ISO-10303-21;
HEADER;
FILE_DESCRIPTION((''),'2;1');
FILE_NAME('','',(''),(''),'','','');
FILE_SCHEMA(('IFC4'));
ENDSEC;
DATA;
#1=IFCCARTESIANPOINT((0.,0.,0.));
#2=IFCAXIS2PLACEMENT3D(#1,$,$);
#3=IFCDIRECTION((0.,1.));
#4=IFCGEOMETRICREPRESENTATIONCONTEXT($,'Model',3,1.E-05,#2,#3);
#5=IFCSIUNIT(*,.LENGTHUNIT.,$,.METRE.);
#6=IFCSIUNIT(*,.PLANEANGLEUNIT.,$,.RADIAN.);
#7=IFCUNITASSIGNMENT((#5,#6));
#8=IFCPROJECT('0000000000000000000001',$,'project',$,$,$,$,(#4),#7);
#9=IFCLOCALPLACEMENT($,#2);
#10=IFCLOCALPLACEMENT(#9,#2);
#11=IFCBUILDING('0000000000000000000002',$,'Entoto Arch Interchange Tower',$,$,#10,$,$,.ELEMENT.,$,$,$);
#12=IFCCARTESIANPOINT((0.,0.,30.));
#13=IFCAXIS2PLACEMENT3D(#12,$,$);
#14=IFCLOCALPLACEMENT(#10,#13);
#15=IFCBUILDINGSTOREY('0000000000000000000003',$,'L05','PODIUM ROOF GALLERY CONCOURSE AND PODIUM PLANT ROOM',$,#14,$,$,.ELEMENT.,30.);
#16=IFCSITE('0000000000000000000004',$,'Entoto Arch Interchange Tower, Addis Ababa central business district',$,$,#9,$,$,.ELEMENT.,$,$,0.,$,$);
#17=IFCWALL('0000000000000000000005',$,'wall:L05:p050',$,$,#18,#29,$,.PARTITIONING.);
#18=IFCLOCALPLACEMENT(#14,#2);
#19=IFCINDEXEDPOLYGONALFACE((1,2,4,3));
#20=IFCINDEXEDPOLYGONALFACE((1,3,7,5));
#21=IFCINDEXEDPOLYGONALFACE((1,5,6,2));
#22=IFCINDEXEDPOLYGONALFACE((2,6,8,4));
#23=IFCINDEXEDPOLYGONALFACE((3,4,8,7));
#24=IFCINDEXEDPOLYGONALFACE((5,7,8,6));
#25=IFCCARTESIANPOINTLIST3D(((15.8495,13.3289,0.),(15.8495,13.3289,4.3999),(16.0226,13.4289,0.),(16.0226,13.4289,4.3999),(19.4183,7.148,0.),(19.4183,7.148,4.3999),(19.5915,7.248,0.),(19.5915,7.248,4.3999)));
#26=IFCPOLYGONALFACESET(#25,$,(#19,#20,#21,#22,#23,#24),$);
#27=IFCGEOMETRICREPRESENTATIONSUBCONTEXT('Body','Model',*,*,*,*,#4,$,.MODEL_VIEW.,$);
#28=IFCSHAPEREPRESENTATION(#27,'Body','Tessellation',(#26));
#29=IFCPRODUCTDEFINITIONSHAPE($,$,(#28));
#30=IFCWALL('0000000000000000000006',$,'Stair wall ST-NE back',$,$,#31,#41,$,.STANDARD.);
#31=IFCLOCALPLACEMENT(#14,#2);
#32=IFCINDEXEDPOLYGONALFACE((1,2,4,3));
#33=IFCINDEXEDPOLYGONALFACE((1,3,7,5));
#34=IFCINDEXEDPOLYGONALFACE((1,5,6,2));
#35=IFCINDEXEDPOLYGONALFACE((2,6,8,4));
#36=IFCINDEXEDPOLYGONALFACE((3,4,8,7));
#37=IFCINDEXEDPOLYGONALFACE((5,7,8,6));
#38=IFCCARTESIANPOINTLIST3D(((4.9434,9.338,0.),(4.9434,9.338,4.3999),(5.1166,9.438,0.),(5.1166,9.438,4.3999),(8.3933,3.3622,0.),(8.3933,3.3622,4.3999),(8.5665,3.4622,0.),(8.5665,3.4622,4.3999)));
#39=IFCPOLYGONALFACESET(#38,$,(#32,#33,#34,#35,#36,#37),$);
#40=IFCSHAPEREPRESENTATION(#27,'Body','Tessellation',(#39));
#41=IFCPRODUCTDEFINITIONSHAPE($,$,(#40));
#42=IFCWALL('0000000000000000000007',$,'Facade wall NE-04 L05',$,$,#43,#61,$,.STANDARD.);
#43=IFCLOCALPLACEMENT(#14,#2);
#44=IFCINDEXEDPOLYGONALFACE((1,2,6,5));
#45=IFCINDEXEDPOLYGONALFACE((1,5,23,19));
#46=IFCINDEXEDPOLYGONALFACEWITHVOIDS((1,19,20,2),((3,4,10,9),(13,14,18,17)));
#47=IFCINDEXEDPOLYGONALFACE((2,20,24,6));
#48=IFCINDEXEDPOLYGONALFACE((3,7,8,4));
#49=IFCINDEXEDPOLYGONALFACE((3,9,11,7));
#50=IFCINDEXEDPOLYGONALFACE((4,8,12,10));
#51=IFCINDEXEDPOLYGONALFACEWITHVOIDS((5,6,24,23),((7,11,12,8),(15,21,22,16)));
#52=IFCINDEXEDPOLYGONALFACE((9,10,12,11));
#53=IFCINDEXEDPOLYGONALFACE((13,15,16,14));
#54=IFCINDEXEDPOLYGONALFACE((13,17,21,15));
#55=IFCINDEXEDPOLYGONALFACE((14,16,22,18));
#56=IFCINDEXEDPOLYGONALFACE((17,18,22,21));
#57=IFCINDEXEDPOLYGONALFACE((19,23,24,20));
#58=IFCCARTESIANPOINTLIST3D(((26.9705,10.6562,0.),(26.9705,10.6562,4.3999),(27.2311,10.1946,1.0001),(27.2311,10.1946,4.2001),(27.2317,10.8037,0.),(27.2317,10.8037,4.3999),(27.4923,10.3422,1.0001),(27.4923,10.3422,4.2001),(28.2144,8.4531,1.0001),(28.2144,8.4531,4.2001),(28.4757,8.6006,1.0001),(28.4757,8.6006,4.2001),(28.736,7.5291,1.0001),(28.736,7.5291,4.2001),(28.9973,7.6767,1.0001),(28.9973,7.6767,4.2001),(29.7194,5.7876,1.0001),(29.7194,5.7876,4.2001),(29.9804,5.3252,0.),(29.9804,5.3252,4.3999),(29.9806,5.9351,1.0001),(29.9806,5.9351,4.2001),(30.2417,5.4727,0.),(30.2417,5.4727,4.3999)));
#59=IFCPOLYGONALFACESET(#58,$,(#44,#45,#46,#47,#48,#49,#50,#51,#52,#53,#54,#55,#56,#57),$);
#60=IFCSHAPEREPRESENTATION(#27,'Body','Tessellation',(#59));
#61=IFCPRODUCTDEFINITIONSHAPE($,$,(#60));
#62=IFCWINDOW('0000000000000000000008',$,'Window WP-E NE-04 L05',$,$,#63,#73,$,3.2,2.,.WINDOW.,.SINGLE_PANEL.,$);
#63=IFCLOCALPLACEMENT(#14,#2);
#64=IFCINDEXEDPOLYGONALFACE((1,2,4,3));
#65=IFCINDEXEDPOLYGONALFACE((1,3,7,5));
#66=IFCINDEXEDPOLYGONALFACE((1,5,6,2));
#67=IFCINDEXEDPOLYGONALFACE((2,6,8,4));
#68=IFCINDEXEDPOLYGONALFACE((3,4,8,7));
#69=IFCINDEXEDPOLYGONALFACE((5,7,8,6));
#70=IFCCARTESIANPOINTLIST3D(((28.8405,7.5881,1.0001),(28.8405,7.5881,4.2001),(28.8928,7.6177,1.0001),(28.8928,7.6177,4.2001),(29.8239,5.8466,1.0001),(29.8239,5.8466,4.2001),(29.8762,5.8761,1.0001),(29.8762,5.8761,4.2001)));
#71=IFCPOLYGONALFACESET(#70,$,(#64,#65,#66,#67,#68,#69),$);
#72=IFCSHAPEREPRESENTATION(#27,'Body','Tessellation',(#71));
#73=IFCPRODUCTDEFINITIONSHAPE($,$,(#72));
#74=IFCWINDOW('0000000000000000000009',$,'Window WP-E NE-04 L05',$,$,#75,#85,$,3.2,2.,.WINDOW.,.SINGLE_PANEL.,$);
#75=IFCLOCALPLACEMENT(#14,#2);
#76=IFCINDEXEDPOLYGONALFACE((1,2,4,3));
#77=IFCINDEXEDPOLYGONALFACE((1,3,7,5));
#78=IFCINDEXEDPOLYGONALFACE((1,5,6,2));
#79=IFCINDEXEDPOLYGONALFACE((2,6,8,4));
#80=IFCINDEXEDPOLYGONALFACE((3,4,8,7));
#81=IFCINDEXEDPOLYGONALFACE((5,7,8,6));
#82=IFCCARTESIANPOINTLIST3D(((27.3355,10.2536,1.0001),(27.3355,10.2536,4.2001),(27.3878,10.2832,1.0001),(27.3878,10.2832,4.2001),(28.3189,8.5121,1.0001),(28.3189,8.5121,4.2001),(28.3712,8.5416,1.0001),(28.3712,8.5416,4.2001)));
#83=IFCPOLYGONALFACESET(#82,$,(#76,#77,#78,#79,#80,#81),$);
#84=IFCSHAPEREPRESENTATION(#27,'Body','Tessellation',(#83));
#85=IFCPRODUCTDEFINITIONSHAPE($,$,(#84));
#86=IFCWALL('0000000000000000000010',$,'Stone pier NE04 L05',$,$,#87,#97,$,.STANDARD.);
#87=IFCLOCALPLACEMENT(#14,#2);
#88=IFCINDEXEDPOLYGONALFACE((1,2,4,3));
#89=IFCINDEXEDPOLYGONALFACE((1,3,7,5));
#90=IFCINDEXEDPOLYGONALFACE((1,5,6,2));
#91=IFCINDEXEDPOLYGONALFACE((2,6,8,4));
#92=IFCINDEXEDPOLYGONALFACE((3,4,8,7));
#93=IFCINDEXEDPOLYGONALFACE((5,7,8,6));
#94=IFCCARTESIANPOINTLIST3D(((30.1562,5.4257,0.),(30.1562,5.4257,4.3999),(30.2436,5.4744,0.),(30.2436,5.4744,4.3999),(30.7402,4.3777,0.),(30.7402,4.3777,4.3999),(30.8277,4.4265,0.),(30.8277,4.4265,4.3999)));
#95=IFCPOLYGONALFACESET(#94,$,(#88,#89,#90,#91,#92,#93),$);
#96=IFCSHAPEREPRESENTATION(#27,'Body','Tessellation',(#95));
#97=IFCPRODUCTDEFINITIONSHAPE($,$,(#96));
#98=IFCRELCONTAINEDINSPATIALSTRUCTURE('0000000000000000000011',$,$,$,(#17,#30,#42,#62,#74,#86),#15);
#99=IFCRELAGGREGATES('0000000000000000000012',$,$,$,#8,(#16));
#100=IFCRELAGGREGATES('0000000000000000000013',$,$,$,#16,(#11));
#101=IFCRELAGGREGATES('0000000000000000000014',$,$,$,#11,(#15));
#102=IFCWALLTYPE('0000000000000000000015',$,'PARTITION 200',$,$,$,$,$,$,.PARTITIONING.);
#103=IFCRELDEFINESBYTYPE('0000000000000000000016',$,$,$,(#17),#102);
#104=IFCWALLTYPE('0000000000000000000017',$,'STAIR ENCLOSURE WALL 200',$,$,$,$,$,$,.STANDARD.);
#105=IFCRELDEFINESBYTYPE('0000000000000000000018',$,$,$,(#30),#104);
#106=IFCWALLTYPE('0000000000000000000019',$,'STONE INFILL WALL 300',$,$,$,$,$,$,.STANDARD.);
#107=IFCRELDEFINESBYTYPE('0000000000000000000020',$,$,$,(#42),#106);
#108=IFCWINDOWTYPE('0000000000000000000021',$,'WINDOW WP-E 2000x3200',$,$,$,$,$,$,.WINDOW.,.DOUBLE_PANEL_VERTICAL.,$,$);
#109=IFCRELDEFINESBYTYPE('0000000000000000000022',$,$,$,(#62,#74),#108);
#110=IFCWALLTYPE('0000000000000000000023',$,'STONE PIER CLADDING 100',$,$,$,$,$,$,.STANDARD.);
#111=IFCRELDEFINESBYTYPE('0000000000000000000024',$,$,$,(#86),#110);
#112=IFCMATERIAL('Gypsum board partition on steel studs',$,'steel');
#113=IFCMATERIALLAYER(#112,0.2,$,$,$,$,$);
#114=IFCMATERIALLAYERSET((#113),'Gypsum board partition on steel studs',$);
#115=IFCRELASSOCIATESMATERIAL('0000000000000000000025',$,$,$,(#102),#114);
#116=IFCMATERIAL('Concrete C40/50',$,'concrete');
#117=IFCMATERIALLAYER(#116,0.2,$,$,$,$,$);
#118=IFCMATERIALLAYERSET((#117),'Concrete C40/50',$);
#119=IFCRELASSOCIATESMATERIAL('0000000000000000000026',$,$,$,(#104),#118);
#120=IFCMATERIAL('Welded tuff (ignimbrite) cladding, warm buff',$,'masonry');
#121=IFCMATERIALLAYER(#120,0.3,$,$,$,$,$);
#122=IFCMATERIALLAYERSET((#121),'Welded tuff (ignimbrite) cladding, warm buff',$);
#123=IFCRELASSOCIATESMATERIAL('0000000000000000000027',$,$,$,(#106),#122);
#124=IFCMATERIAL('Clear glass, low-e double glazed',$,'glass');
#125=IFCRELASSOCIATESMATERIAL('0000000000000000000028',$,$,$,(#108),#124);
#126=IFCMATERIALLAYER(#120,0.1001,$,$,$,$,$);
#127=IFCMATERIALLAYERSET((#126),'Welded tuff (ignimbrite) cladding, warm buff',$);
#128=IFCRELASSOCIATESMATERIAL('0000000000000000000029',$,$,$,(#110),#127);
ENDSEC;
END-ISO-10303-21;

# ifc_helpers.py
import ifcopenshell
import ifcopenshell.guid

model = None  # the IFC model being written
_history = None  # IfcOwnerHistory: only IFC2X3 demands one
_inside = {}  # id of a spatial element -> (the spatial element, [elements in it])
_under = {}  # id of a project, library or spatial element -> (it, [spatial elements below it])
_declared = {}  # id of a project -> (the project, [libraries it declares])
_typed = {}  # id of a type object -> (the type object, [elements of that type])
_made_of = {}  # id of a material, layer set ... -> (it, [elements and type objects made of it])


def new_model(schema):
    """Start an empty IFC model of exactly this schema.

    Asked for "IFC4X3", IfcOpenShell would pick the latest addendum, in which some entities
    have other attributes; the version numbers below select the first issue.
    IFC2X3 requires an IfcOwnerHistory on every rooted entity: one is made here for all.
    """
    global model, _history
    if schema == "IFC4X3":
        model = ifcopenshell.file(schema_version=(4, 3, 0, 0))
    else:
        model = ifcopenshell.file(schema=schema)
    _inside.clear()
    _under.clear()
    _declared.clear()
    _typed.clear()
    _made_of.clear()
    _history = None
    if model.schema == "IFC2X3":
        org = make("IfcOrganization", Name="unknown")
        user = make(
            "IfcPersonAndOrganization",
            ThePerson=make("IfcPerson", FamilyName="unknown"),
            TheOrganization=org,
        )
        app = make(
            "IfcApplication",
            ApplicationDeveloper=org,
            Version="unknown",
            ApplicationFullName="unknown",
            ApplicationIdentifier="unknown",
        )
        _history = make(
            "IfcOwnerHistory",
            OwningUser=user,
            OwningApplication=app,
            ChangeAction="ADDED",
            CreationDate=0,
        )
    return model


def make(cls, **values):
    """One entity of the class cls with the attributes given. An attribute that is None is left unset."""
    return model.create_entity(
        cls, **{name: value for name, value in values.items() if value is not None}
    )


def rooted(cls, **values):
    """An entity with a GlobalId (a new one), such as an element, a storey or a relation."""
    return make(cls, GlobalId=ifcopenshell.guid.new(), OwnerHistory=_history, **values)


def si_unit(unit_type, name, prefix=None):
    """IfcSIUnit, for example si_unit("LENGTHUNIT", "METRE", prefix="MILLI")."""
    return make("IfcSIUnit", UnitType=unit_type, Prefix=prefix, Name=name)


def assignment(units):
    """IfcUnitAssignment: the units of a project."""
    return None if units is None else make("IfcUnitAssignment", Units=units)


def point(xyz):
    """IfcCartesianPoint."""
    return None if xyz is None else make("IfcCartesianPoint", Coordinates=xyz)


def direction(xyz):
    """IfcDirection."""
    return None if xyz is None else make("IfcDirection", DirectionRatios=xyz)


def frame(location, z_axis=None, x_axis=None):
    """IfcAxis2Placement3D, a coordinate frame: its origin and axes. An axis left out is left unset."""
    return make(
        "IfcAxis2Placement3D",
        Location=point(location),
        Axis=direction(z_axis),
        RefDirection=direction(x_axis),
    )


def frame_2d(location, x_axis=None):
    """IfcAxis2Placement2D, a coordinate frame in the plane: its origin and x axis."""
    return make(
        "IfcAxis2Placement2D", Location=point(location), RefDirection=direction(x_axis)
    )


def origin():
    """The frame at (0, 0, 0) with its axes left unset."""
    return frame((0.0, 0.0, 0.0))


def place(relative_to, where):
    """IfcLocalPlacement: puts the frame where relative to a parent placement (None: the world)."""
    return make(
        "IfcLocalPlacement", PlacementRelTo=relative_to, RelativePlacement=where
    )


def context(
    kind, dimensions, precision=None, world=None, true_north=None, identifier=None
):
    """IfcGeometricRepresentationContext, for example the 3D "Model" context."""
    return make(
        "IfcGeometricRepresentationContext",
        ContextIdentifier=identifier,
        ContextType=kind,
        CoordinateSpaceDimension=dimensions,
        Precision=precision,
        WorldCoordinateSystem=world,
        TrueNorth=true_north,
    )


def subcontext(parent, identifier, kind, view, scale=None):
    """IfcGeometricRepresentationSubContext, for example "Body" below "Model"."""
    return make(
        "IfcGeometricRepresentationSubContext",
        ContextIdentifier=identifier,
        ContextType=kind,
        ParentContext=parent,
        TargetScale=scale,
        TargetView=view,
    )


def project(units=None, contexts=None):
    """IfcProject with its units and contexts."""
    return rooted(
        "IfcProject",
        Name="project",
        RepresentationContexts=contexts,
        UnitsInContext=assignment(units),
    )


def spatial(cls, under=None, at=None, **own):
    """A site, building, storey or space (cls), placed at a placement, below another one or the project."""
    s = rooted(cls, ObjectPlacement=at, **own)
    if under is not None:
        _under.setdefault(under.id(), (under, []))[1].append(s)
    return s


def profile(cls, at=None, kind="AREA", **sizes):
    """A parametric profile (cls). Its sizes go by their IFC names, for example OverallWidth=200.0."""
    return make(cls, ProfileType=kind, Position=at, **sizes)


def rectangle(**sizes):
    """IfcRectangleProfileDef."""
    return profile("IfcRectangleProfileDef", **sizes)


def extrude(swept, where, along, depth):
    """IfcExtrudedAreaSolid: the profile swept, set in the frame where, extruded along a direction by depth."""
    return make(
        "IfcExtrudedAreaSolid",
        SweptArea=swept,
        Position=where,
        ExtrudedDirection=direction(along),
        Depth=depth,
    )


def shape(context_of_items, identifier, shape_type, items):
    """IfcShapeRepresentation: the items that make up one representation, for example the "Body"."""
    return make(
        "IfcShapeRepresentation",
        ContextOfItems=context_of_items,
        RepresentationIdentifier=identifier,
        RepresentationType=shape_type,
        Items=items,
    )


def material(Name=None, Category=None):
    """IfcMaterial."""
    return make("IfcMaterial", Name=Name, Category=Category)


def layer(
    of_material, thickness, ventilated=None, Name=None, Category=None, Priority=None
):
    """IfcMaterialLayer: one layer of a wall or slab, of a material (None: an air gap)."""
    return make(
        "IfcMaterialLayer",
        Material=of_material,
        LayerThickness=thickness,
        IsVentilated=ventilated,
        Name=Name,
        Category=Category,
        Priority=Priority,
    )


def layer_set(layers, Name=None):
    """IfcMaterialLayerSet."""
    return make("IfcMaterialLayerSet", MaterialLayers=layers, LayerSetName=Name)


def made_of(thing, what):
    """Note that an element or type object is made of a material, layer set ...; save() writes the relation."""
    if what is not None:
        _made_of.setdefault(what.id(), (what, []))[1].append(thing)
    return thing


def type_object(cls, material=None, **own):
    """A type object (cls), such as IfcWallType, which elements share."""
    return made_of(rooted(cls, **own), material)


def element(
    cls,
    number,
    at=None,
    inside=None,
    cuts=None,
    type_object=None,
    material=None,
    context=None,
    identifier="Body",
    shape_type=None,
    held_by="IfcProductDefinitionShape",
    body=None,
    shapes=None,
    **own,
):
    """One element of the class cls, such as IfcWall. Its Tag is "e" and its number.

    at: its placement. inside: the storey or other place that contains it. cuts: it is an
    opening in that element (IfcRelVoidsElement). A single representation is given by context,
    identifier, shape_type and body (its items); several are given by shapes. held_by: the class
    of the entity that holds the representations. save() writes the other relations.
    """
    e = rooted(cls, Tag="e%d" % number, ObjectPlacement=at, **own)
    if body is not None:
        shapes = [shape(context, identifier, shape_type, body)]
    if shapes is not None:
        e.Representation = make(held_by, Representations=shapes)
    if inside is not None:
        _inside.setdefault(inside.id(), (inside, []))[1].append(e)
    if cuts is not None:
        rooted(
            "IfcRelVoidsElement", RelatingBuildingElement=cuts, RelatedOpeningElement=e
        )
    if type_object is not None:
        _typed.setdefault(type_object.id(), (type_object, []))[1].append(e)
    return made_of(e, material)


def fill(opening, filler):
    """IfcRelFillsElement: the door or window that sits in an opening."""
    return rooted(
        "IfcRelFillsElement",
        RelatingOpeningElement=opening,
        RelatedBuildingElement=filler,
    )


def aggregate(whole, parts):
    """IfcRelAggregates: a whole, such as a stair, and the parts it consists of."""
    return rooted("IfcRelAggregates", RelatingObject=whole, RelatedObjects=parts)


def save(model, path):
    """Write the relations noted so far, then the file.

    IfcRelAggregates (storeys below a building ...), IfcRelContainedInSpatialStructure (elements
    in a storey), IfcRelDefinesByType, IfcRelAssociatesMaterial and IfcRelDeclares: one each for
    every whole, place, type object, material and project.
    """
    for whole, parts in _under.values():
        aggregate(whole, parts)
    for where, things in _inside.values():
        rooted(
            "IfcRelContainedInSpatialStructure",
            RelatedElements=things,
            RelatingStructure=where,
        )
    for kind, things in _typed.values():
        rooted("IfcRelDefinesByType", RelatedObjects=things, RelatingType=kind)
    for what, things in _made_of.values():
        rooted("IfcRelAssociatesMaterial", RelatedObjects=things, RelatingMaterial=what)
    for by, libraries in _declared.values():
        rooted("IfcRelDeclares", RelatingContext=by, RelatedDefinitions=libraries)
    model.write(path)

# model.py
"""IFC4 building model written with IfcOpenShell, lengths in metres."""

from ifc_helpers import new_model, si_unit, direction, frame, frame_2d, origin, place, context, subcontext, project, spatial, rectangle, extrude, material, layer, layer_set, type_object, element, fill, save


model = new_model("IFC4")

# Units and contexts
model_context = context("Model", 3, precision=1e-05, world=origin(), true_north=direction((0.0, 1.0)))
body_context = subcontext(model_context, "Body", "Model", "MODEL_VIEW")
ifc_project = project(units=[si_unit("LENGTHUNIT", "METRE"), si_unit("PLANEANGLEUNIT", "RADIAN")], contexts=[model_context])

# Site, building, storey
site_placement = place(None, origin())
site = spatial("IfcSite", under=ifc_project, at=site_placement, Name="Entoto Arch Interchange Tower, Addis Ababa central business district", CompositionType="ELEMENT", RefElevation=0.0)
building_placement = place(site_placement, origin())
building = spatial("IfcBuilding", under=site, at=building_placement, Name="Entoto Arch Interchange Tower", CompositionType="ELEMENT")
storey_placement = place(building_placement, frame((0.0, 0.0, 30.0)))
storey = spatial("IfcBuildingStorey", under=building, at=storey_placement, Name="L05", Description="PODIUM ROOF GALLERY CONCOURSE AND PODIUM PLANT ROOM", CompositionType="ELEMENT", Elevation=30.0)

# Shared definitions
ifc_material_1 = material(Name="Concrete C40/50", Category="concrete")
ifc_material_2 = material(Name="Gypsum board partition on steel studs", Category="steel")

# Shared definitions
ifc_layer_1 = layer(ifc_material_2, 0.2)
ifc_layer_set_1 = layer_set([ifc_layer_1], Name="Gypsum board partition on steel studs")
wall_type_1 = type_object("IfcWallType", Name="PARTITION 200", PredefinedType="PARTITIONING", material=ifc_layer_set_1)

# Walls
wall_1_placement = place(storey_placement, frame((19.5049, 7.198, 0.0), z_axis=(0.0, 0.0, 1.0), x_axis=(-0.500031, 0.866007, 0.0)))
element("IfcWall", 1, at=wall_1_placement, inside=storey, type_object=wall_type_1, Name="wall:L05:p050", PredefinedType="PARTITIONING", context=body_context, shape_type="SweptSolid", body=[
    extrude(rectangle(XDim=7.1372, YDim=0.2, at=frame_2d((3.5686, 0.0))), origin(), (0.0, 0.0, 1.0), 4.3999),
])
ifc_layer_2 = layer(ifc_material_1, 0.2)
ifc_layer_set_2 = layer_set([ifc_layer_2], Name="Concrete C40/50")
wall_type_2 = type_object("IfcWallType", Name="STAIR ENCLOSURE WALL 200", PredefinedType="STANDARD", material=ifc_layer_set_2)
wall_2_placement = place(storey_placement, frame((8.48, 3.4121, 0.0), z_axis=(0.0, 0.0, 1.0), x_axis=(-0.499979, 0.866038, 0.0)))
element("IfcWall", 2, at=wall_2_placement, inside=storey, type_object=wall_type_2, Name="Stair wall ST-NE back", PredefinedType="STANDARD", context=body_context, shape_type="SweptSolid", body=[
    extrude(rectangle(XDim=6.9001, YDim=0.2, at=frame_2d((3.4502, 0.0))), origin(), (0.0, 0.0, 1.0), 4.3999),
])

# Wall, openings, windows
ifc_material_3 = material(Name="Welded tuff (ignimbrite) cladding, warm buff", Category="masonry")
ifc_layer_3 = layer(ifc_material_3, 0.3)
ifc_layer_set_3 = layer_set([ifc_layer_3], Name="Welded tuff (ignimbrite) cladding, warm buff")
wall_type_3 = type_object("IfcWallType", Name="STONE INFILL WALL 300", PredefinedType="STANDARD", material=ifc_layer_set_3)
wall_3_placement = place(storey_placement, frame((30.1111, 5.3989, 0.0), z_axis=(0.0, 0.0, 1.0), x_axis=(-0.491662, 0.870786, 0.0)))
wall_3 = element("IfcWall", 3, at=wall_3_placement, inside=storey, type_object=wall_type_3, Name="Facade wall NE-04 L05", PredefinedType="STANDARD", context=body_context, shape_type="SweptSolid", body=[
    extrude(rectangle(XDim=6.1221, YDim=0.3, at=frame_2d((3.061, 0.0))), origin(), (0.0, 0.0, 1.0), 4.3999),
])
opening_1_placement = place(wall_3_placement, frame((0.531, 0.0, 1.0)))
opening_1 = element("IfcOpeningElement", 4, at=opening_1_placement, cuts=wall_3, PredefinedType="OPENING", context=body_context, shape_type="SweptSolid", body=[
    extrude(rectangle(XDim=2.0, YDim=3.2, at=frame_2d((1.0, 1.6001))), frame((0.0, 0.1602, 0.0), z_axis=(0.0, -1.0, 0.0), x_axis=(1.0, 0.0, 0.0)), (0.0, 0.0, 1.0), 0.3201),
])
opening_2_placement = place(wall_3_placement, frame((3.592, 0.0, 1.0)))
opening_2 = element("IfcOpeningElement", 5, at=opening_2_placement, cuts=wall_3, PredefinedType="OPENING", context=body_context, shape_type="SweptSolid", body=[
    extrude(rectangle(XDim=2.0, YDim=3.2, at=frame_2d((1.0, 1.6001))), frame((0.0, 0.1602, 0.0), z_axis=(0.0, -1.0, 0.0), x_axis=(1.0, 0.0, 0.0)), (0.0, 0.0, 1.0), 0.3201),
])
ifc_material_4 = material(Name="Clear glass, low-e double glazed", Category="glass")
window_type = type_object("IfcWindowType", Name="WINDOW WP-E 2000x3200", PartitioningType="DOUBLE_PANEL_VERTICAL", PredefinedType="WINDOW", material=ifc_material_4)
window_1_placement = place(opening_1_placement, origin())
window_1 = element("IfcWindow", 6, at=window_1_placement, inside=storey, type_object=window_type, Name="Window WP-E NE-04 L05", OverallHeight=3.2, OverallWidth=2.0, PartitioningType="SINGLE_PANEL", PredefinedType="WINDOW", context=body_context, shape_type="SweptSolid", body=[
    extrude(rectangle(XDim=2.0, YDim=3.2, at=frame_2d((1.0, 1.6001))), frame((0.0, 0.03, 0.0), z_axis=(0.0, -1.0, 0.0), x_axis=(1.0, 0.0, 0.0)), (0.0, 0.0, 1.0), 0.0601),
])
fill(opening_1, window_1)
window_2_placement = place(opening_2_placement, origin())
window_2 = element("IfcWindow", 7, at=window_2_placement, inside=storey, type_object=window_type, Name="Window WP-E NE-04 L05", OverallHeight=3.2, OverallWidth=2.0, PartitioningType="SINGLE_PANEL", PredefinedType="WINDOW", context=body_context, shape_type="SweptSolid", body=[
    extrude(rectangle(XDim=2.0, YDim=3.2, at=frame_2d((1.0, 1.6001))), frame((0.0, 0.03, 0.0), z_axis=(0.0, -1.0, 0.0), x_axis=(1.0, 0.0, 0.0)), (0.0, 0.0, 1.0), 0.0601),
])
fill(opening_2, window_2)

# Wall
ifc_layer_4 = layer(ifc_material_3, 0.1001)
ifc_layer_set_4 = layer_set([ifc_layer_4], Name="Welded tuff (ignimbrite) cladding, warm buff")
wall_type_4 = type_object("IfcWallType", Name="STONE PIER CLADDING 100", PredefinedType="STANDARD", material=ifc_layer_set_4)
wall_4_placement = place(storey_placement, frame((30.7839, 4.4021, 0.0), z_axis=(0.0, 0.0, 1.0), x_axis=(-0.486818, 0.873504, 0.0)))
element("IfcWall", 8, at=wall_4_placement, inside=storey, type_object=wall_type_4, Name="Stone pier NE04 L05", PredefinedType="STANDARD", context=body_context, shape_type="SweptSolid", body=[
    extrude(rectangle(XDim=1.1997, YDim=0.1001, at=frame_2d((0.5999, 0.0))), origin(), (0.0, 0.0, 1.0), 4.3999),
])

save(model, "model.ifc")
